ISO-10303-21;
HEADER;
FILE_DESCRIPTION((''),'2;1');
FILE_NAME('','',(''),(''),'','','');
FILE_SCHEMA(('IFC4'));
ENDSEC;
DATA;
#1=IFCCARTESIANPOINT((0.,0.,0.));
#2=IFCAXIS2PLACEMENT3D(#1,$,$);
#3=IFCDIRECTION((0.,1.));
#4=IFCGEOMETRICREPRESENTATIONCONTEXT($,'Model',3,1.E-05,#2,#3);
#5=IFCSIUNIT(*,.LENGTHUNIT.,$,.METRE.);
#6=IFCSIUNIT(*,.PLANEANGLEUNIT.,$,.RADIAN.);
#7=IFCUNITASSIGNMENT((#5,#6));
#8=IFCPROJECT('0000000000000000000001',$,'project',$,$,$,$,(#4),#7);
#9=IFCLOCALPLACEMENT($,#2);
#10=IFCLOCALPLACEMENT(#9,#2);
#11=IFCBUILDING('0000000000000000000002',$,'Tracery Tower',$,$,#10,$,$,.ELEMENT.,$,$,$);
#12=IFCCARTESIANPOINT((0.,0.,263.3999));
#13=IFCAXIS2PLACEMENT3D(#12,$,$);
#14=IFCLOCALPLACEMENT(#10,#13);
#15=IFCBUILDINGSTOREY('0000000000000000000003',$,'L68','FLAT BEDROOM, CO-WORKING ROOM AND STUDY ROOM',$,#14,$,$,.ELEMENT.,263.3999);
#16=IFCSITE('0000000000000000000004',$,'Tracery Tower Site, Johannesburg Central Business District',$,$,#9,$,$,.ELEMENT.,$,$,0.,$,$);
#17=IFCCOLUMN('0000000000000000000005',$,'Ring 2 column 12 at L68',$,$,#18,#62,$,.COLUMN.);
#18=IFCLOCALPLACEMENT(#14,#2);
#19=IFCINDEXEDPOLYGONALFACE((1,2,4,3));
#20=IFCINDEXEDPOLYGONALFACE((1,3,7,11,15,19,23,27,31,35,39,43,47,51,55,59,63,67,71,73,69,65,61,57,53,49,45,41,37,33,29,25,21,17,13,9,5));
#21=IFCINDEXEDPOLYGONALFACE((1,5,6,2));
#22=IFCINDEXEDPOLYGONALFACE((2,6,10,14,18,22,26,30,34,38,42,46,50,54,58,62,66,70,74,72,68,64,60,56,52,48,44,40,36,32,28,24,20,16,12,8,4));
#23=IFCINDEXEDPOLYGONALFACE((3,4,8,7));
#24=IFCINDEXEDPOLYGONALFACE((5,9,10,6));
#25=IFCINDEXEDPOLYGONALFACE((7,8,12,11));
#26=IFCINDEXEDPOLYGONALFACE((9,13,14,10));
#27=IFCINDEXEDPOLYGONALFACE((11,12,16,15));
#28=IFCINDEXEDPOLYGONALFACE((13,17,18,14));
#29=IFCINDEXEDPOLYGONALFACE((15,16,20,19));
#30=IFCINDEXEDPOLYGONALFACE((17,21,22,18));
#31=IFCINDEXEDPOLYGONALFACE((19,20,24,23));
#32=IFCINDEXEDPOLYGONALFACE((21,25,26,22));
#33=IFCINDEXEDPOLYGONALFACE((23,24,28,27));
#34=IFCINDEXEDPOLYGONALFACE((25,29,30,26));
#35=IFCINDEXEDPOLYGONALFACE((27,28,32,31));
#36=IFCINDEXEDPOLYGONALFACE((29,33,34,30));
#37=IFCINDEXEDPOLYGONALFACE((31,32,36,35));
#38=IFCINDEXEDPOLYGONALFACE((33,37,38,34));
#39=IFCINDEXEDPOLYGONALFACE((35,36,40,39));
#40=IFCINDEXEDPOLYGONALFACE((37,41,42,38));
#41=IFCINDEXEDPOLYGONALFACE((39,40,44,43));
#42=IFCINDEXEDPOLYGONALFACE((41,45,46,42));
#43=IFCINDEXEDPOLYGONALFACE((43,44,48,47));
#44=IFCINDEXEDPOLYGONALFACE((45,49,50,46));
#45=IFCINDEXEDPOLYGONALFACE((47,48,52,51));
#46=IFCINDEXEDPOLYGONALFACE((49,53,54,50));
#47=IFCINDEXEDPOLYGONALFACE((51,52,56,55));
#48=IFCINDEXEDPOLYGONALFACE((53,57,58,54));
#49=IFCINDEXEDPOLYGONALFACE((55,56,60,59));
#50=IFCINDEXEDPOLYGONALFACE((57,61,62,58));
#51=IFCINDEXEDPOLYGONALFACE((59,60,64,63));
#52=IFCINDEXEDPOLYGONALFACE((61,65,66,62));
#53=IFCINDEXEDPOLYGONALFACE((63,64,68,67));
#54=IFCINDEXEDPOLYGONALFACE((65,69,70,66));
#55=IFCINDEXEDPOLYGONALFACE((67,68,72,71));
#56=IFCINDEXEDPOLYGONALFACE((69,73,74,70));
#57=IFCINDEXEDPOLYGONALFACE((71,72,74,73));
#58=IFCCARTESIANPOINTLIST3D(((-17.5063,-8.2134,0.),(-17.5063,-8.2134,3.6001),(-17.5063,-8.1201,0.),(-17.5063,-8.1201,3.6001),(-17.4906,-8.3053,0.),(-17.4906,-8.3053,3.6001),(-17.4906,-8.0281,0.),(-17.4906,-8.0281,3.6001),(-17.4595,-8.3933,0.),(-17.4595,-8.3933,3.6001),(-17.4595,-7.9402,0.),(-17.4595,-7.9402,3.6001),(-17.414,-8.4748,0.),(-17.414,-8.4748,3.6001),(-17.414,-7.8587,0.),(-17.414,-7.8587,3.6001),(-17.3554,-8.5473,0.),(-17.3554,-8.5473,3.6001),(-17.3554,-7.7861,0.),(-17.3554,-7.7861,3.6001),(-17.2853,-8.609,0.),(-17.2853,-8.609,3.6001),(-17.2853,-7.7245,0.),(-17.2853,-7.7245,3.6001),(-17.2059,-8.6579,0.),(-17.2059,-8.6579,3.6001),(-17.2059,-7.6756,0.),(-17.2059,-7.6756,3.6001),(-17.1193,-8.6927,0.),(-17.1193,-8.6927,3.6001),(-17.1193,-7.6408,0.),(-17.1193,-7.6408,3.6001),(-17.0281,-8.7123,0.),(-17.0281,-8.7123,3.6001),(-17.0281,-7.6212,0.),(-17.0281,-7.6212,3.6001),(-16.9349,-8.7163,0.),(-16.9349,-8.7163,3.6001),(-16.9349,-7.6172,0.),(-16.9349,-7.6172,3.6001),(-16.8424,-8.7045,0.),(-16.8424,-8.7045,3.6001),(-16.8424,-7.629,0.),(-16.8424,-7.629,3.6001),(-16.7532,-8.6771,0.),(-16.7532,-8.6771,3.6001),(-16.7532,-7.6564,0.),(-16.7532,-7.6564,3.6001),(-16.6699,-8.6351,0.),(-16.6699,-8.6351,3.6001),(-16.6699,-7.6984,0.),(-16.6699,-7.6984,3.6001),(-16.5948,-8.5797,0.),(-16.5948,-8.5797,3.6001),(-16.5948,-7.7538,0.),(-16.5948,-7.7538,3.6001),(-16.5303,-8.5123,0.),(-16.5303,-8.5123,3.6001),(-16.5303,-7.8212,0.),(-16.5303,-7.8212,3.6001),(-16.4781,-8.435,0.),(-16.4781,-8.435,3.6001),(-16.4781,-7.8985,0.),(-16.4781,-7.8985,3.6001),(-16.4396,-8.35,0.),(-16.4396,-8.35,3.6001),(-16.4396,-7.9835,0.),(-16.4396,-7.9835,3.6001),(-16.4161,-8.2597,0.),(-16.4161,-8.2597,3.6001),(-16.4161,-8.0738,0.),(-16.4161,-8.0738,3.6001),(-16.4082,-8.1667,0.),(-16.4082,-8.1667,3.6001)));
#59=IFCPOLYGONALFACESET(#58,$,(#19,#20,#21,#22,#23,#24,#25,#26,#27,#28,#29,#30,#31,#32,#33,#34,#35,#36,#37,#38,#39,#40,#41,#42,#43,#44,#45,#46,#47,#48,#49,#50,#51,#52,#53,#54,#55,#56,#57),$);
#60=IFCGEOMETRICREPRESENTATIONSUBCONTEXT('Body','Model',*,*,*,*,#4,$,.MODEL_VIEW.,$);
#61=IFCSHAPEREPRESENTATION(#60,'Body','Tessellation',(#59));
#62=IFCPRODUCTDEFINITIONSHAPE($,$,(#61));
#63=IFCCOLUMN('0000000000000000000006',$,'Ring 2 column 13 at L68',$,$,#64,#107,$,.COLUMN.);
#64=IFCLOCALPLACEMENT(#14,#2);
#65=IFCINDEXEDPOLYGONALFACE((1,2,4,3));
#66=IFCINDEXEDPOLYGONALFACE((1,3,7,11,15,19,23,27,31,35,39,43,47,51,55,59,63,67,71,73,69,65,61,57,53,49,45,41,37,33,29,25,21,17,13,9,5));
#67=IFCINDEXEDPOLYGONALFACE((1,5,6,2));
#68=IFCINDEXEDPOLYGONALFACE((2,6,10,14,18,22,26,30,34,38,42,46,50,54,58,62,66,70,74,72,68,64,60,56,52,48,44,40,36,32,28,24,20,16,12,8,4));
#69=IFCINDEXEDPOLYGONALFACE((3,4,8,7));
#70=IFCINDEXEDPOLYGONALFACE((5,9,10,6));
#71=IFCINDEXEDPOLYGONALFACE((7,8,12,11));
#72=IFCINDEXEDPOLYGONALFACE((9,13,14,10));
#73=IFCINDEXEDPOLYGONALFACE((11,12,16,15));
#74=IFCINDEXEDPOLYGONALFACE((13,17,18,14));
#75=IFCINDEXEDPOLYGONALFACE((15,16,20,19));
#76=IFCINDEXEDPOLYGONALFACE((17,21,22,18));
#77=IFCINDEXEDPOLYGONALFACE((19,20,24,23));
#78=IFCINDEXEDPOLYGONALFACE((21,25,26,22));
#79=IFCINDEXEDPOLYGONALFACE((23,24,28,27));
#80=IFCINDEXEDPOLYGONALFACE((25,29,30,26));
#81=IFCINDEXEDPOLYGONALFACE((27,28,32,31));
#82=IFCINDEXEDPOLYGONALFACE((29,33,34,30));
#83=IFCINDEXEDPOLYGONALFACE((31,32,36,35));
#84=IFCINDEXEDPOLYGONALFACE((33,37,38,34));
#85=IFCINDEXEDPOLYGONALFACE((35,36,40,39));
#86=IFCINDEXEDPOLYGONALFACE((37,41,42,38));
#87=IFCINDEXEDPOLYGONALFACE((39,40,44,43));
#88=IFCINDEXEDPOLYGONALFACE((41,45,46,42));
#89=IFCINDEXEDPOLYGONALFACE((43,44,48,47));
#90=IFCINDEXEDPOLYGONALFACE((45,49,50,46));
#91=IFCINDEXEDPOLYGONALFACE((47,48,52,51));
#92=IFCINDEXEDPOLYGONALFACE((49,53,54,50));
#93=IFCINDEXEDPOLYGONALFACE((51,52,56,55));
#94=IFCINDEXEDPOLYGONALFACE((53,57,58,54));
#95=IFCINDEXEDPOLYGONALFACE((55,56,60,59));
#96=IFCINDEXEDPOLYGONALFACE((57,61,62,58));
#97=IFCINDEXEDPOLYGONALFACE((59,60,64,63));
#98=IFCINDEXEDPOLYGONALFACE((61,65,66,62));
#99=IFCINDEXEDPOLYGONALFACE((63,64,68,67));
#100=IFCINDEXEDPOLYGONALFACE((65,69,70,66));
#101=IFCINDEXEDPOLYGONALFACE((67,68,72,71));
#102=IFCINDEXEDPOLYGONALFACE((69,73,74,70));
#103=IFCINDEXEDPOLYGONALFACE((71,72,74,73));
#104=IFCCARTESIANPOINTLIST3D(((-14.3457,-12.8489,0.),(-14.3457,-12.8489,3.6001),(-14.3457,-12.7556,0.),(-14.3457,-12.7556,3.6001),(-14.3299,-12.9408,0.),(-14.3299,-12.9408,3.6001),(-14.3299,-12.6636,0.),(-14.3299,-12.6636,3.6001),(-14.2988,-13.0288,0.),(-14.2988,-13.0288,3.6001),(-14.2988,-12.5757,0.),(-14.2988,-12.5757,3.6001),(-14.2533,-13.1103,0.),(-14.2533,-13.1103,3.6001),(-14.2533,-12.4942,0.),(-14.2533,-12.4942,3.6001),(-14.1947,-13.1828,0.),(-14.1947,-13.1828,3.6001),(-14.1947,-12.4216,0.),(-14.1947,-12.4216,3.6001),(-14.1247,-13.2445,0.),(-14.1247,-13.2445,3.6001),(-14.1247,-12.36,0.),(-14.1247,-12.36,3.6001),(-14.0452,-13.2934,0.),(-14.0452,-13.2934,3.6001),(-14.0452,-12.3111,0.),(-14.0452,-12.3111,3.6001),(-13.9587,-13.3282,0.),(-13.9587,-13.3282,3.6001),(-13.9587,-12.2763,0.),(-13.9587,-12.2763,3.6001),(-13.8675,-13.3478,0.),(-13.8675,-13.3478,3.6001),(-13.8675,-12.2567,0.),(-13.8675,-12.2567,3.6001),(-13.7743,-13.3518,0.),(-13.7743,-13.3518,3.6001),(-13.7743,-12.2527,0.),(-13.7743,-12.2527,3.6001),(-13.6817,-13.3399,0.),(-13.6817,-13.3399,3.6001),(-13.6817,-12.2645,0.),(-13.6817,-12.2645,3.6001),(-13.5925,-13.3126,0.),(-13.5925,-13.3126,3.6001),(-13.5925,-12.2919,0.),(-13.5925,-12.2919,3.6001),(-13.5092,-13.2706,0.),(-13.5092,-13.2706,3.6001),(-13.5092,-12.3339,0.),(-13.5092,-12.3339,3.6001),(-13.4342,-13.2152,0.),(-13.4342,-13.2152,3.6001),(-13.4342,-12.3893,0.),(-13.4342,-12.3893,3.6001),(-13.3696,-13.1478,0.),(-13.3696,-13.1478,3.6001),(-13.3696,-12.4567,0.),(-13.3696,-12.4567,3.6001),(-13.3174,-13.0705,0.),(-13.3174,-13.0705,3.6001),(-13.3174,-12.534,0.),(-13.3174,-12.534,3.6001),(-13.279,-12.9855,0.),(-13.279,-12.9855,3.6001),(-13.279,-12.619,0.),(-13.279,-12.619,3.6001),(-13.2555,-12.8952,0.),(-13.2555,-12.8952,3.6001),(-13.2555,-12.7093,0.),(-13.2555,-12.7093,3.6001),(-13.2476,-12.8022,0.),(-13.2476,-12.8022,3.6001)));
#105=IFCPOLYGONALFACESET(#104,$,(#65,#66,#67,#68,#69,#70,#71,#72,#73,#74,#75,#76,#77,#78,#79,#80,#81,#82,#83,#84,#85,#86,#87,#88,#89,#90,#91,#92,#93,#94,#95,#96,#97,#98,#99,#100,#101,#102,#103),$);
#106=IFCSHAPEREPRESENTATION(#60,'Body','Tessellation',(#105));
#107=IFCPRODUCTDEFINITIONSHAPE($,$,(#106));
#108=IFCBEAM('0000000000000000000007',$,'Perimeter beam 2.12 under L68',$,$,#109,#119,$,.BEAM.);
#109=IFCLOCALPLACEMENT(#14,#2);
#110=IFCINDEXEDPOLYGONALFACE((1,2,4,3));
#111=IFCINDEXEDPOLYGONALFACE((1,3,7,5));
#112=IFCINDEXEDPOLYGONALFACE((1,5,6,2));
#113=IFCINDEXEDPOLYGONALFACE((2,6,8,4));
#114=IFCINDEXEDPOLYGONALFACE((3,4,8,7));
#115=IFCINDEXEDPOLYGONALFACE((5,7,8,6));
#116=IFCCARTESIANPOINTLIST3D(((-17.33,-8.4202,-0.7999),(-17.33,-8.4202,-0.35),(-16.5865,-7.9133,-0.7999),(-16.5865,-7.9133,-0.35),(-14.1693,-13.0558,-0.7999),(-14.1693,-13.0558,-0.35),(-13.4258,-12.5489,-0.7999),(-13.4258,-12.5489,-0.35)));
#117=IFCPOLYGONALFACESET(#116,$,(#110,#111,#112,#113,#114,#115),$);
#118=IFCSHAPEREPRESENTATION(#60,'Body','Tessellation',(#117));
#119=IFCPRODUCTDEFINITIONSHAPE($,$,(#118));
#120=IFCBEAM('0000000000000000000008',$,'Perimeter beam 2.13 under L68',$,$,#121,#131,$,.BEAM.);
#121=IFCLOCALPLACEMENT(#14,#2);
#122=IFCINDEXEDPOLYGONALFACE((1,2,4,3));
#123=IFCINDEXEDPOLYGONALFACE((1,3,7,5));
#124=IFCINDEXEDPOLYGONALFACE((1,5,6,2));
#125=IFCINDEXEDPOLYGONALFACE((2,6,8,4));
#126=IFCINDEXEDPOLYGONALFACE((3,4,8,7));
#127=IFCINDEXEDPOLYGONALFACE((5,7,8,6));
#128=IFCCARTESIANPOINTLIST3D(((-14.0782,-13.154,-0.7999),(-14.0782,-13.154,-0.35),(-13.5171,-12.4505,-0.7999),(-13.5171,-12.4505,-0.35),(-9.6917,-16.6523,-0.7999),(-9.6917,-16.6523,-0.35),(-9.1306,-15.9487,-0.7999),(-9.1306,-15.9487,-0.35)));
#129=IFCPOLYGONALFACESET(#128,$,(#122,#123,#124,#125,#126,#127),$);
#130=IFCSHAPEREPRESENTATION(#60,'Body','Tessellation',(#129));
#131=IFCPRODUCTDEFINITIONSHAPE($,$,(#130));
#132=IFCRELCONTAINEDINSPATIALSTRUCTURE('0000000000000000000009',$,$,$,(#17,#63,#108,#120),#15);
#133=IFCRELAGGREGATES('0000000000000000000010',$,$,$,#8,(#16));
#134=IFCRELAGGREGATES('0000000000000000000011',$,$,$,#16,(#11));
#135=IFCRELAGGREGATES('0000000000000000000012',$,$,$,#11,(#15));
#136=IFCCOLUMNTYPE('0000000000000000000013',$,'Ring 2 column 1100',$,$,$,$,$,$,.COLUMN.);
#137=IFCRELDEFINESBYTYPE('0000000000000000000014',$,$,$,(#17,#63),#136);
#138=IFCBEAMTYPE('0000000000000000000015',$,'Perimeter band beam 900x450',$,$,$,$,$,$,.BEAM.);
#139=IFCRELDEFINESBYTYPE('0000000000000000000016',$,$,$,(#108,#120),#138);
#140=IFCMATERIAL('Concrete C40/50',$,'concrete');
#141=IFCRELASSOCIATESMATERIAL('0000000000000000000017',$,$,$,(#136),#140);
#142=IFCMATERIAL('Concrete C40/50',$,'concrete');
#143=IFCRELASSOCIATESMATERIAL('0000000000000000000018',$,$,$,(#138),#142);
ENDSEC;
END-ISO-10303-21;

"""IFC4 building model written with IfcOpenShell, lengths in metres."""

from ifc_helpers import new_model, si_unit, direction, frame, origin, origin_2d, place, context, subcontext, project, spatial, rectangle, circle, extrude, material, material_profile, profile_set, type_object, element, save


model = new_model("IFC4")

# Units and contexts
model_context = context("Model", 3, precision=1e-05, world=origin(), true_north=direction((0.0, 1.0)))
body_context = subcontext(model_context, "Body", "Model", "MODEL_VIEW")
ifc_project = project(units=[si_unit("LENGTHUNIT", "METRE"), si_unit("PLANEANGLEUNIT", "RADIAN")], contexts=[model_context])

# Site, building, storey
site_placement = place(None, origin())
site = spatial("IfcSite", under=ifc_project, at=site_placement, Name="Tracery Tower Site, Johannesburg Central Business District", CompositionType="ELEMENT", RefElevation=0.0)
building_placement = place(site_placement, origin())
building = spatial("IfcBuilding", under=site, at=building_placement, Name="Tracery Tower", CompositionType="ELEMENT")
storey_placement = place(building_placement, frame((0.0, 0.0, 263.3999)))
storey = spatial("IfcBuildingStorey", under=building, at=storey_placement, Name="L68", Description="FLAT BEDROOM, CO-WORKING ROOM AND STUDY ROOM", CompositionType="ELEMENT", Elevation=263.3999)

# Columns
ifc_material_1 = material(Name="Concrete C40/50", Category="concrete")
ifc_material_profile_1 = material_profile(ifc_material_1, circle(Radius=0.55, at=origin_2d()), Name="RC D1100")
ifc_profile_set_1 = profile_set([ifc_material_profile_1], Name="Concrete C40/50")
column_type = type_object("IfcColumnType", Name="Ring 2 column 1100", PredefinedType="COLUMN", material=ifc_profile_set_1)
for number, where, z_axis, x_axis, name in (
    (1, (-16.9583, -8.1667, 0.0), (0.0, 0.0, 1.0), (1.0, 0.0, 0.0), "Ring 2 column 12 at L68"),
    (2, (-13.7976, -12.8022, 0.0), (0.0, 0.0, 1.0), (1.0, 0.0, 0.0), "Ring 2 column 13 at L68"),
):
    element("IfcColumn", number, at=place(storey_placement, frame(where, z_axis=z_axis, x_axis=x_axis)), inside=storey, type_object=column_type, Name=name, PredefinedType="COLUMN", context=body_context, shape_type="SweptSolid", body=[
        extrude(circle(Radius=0.55, at=origin_2d()), origin(), (0.0, 0.0, 1.0), 3.6001),
    ])

# Beams
ifc_material_2 = material(Name="Concrete C40/50", Category="concrete")
ifc_material_profile_2 = material_profile(ifc_material_2, rectangle(XDim=0.8999, YDim=0.45, at=origin_2d()), Name="RC 900x450")
ifc_profile_set_2 = profile_set([ifc_material_profile_2], Name="Concrete C40/50")
beam_type = type_object("IfcBeamType", Name="Perimeter band beam 900x450", PredefinedType="BEAM", material=ifc_profile_set_2)
for number, where, z_axis, x_axis, name in (
    (3, (-16.9583, -8.1667, -0.575), (0.563346, -0.826221, 0.0), (0.826221, 0.563346, 0.0), "Perimeter beam 2.12 under L68"),
    (4, (-13.7976, -12.8022, -0.575), (0.781815, -0.623511, 0.0), (0.623511, 0.781815, 0.0), "Perimeter beam 2.13 under L68"),
):
    element("IfcBeam", number, at=place(storey_placement, frame(where, z_axis=z_axis, x_axis=x_axis)), inside=storey, type_object=beam_type, Name=name, PredefinedType="BEAM", context=body_context, shape_type="SweptSolid", body=[
        extrude(rectangle(XDim=0.8999, YDim=0.45, at=origin_2d()), origin(), (0.0, 0.0, 1.0), 5.6106),
    ])

save(model, "model.ifc")
